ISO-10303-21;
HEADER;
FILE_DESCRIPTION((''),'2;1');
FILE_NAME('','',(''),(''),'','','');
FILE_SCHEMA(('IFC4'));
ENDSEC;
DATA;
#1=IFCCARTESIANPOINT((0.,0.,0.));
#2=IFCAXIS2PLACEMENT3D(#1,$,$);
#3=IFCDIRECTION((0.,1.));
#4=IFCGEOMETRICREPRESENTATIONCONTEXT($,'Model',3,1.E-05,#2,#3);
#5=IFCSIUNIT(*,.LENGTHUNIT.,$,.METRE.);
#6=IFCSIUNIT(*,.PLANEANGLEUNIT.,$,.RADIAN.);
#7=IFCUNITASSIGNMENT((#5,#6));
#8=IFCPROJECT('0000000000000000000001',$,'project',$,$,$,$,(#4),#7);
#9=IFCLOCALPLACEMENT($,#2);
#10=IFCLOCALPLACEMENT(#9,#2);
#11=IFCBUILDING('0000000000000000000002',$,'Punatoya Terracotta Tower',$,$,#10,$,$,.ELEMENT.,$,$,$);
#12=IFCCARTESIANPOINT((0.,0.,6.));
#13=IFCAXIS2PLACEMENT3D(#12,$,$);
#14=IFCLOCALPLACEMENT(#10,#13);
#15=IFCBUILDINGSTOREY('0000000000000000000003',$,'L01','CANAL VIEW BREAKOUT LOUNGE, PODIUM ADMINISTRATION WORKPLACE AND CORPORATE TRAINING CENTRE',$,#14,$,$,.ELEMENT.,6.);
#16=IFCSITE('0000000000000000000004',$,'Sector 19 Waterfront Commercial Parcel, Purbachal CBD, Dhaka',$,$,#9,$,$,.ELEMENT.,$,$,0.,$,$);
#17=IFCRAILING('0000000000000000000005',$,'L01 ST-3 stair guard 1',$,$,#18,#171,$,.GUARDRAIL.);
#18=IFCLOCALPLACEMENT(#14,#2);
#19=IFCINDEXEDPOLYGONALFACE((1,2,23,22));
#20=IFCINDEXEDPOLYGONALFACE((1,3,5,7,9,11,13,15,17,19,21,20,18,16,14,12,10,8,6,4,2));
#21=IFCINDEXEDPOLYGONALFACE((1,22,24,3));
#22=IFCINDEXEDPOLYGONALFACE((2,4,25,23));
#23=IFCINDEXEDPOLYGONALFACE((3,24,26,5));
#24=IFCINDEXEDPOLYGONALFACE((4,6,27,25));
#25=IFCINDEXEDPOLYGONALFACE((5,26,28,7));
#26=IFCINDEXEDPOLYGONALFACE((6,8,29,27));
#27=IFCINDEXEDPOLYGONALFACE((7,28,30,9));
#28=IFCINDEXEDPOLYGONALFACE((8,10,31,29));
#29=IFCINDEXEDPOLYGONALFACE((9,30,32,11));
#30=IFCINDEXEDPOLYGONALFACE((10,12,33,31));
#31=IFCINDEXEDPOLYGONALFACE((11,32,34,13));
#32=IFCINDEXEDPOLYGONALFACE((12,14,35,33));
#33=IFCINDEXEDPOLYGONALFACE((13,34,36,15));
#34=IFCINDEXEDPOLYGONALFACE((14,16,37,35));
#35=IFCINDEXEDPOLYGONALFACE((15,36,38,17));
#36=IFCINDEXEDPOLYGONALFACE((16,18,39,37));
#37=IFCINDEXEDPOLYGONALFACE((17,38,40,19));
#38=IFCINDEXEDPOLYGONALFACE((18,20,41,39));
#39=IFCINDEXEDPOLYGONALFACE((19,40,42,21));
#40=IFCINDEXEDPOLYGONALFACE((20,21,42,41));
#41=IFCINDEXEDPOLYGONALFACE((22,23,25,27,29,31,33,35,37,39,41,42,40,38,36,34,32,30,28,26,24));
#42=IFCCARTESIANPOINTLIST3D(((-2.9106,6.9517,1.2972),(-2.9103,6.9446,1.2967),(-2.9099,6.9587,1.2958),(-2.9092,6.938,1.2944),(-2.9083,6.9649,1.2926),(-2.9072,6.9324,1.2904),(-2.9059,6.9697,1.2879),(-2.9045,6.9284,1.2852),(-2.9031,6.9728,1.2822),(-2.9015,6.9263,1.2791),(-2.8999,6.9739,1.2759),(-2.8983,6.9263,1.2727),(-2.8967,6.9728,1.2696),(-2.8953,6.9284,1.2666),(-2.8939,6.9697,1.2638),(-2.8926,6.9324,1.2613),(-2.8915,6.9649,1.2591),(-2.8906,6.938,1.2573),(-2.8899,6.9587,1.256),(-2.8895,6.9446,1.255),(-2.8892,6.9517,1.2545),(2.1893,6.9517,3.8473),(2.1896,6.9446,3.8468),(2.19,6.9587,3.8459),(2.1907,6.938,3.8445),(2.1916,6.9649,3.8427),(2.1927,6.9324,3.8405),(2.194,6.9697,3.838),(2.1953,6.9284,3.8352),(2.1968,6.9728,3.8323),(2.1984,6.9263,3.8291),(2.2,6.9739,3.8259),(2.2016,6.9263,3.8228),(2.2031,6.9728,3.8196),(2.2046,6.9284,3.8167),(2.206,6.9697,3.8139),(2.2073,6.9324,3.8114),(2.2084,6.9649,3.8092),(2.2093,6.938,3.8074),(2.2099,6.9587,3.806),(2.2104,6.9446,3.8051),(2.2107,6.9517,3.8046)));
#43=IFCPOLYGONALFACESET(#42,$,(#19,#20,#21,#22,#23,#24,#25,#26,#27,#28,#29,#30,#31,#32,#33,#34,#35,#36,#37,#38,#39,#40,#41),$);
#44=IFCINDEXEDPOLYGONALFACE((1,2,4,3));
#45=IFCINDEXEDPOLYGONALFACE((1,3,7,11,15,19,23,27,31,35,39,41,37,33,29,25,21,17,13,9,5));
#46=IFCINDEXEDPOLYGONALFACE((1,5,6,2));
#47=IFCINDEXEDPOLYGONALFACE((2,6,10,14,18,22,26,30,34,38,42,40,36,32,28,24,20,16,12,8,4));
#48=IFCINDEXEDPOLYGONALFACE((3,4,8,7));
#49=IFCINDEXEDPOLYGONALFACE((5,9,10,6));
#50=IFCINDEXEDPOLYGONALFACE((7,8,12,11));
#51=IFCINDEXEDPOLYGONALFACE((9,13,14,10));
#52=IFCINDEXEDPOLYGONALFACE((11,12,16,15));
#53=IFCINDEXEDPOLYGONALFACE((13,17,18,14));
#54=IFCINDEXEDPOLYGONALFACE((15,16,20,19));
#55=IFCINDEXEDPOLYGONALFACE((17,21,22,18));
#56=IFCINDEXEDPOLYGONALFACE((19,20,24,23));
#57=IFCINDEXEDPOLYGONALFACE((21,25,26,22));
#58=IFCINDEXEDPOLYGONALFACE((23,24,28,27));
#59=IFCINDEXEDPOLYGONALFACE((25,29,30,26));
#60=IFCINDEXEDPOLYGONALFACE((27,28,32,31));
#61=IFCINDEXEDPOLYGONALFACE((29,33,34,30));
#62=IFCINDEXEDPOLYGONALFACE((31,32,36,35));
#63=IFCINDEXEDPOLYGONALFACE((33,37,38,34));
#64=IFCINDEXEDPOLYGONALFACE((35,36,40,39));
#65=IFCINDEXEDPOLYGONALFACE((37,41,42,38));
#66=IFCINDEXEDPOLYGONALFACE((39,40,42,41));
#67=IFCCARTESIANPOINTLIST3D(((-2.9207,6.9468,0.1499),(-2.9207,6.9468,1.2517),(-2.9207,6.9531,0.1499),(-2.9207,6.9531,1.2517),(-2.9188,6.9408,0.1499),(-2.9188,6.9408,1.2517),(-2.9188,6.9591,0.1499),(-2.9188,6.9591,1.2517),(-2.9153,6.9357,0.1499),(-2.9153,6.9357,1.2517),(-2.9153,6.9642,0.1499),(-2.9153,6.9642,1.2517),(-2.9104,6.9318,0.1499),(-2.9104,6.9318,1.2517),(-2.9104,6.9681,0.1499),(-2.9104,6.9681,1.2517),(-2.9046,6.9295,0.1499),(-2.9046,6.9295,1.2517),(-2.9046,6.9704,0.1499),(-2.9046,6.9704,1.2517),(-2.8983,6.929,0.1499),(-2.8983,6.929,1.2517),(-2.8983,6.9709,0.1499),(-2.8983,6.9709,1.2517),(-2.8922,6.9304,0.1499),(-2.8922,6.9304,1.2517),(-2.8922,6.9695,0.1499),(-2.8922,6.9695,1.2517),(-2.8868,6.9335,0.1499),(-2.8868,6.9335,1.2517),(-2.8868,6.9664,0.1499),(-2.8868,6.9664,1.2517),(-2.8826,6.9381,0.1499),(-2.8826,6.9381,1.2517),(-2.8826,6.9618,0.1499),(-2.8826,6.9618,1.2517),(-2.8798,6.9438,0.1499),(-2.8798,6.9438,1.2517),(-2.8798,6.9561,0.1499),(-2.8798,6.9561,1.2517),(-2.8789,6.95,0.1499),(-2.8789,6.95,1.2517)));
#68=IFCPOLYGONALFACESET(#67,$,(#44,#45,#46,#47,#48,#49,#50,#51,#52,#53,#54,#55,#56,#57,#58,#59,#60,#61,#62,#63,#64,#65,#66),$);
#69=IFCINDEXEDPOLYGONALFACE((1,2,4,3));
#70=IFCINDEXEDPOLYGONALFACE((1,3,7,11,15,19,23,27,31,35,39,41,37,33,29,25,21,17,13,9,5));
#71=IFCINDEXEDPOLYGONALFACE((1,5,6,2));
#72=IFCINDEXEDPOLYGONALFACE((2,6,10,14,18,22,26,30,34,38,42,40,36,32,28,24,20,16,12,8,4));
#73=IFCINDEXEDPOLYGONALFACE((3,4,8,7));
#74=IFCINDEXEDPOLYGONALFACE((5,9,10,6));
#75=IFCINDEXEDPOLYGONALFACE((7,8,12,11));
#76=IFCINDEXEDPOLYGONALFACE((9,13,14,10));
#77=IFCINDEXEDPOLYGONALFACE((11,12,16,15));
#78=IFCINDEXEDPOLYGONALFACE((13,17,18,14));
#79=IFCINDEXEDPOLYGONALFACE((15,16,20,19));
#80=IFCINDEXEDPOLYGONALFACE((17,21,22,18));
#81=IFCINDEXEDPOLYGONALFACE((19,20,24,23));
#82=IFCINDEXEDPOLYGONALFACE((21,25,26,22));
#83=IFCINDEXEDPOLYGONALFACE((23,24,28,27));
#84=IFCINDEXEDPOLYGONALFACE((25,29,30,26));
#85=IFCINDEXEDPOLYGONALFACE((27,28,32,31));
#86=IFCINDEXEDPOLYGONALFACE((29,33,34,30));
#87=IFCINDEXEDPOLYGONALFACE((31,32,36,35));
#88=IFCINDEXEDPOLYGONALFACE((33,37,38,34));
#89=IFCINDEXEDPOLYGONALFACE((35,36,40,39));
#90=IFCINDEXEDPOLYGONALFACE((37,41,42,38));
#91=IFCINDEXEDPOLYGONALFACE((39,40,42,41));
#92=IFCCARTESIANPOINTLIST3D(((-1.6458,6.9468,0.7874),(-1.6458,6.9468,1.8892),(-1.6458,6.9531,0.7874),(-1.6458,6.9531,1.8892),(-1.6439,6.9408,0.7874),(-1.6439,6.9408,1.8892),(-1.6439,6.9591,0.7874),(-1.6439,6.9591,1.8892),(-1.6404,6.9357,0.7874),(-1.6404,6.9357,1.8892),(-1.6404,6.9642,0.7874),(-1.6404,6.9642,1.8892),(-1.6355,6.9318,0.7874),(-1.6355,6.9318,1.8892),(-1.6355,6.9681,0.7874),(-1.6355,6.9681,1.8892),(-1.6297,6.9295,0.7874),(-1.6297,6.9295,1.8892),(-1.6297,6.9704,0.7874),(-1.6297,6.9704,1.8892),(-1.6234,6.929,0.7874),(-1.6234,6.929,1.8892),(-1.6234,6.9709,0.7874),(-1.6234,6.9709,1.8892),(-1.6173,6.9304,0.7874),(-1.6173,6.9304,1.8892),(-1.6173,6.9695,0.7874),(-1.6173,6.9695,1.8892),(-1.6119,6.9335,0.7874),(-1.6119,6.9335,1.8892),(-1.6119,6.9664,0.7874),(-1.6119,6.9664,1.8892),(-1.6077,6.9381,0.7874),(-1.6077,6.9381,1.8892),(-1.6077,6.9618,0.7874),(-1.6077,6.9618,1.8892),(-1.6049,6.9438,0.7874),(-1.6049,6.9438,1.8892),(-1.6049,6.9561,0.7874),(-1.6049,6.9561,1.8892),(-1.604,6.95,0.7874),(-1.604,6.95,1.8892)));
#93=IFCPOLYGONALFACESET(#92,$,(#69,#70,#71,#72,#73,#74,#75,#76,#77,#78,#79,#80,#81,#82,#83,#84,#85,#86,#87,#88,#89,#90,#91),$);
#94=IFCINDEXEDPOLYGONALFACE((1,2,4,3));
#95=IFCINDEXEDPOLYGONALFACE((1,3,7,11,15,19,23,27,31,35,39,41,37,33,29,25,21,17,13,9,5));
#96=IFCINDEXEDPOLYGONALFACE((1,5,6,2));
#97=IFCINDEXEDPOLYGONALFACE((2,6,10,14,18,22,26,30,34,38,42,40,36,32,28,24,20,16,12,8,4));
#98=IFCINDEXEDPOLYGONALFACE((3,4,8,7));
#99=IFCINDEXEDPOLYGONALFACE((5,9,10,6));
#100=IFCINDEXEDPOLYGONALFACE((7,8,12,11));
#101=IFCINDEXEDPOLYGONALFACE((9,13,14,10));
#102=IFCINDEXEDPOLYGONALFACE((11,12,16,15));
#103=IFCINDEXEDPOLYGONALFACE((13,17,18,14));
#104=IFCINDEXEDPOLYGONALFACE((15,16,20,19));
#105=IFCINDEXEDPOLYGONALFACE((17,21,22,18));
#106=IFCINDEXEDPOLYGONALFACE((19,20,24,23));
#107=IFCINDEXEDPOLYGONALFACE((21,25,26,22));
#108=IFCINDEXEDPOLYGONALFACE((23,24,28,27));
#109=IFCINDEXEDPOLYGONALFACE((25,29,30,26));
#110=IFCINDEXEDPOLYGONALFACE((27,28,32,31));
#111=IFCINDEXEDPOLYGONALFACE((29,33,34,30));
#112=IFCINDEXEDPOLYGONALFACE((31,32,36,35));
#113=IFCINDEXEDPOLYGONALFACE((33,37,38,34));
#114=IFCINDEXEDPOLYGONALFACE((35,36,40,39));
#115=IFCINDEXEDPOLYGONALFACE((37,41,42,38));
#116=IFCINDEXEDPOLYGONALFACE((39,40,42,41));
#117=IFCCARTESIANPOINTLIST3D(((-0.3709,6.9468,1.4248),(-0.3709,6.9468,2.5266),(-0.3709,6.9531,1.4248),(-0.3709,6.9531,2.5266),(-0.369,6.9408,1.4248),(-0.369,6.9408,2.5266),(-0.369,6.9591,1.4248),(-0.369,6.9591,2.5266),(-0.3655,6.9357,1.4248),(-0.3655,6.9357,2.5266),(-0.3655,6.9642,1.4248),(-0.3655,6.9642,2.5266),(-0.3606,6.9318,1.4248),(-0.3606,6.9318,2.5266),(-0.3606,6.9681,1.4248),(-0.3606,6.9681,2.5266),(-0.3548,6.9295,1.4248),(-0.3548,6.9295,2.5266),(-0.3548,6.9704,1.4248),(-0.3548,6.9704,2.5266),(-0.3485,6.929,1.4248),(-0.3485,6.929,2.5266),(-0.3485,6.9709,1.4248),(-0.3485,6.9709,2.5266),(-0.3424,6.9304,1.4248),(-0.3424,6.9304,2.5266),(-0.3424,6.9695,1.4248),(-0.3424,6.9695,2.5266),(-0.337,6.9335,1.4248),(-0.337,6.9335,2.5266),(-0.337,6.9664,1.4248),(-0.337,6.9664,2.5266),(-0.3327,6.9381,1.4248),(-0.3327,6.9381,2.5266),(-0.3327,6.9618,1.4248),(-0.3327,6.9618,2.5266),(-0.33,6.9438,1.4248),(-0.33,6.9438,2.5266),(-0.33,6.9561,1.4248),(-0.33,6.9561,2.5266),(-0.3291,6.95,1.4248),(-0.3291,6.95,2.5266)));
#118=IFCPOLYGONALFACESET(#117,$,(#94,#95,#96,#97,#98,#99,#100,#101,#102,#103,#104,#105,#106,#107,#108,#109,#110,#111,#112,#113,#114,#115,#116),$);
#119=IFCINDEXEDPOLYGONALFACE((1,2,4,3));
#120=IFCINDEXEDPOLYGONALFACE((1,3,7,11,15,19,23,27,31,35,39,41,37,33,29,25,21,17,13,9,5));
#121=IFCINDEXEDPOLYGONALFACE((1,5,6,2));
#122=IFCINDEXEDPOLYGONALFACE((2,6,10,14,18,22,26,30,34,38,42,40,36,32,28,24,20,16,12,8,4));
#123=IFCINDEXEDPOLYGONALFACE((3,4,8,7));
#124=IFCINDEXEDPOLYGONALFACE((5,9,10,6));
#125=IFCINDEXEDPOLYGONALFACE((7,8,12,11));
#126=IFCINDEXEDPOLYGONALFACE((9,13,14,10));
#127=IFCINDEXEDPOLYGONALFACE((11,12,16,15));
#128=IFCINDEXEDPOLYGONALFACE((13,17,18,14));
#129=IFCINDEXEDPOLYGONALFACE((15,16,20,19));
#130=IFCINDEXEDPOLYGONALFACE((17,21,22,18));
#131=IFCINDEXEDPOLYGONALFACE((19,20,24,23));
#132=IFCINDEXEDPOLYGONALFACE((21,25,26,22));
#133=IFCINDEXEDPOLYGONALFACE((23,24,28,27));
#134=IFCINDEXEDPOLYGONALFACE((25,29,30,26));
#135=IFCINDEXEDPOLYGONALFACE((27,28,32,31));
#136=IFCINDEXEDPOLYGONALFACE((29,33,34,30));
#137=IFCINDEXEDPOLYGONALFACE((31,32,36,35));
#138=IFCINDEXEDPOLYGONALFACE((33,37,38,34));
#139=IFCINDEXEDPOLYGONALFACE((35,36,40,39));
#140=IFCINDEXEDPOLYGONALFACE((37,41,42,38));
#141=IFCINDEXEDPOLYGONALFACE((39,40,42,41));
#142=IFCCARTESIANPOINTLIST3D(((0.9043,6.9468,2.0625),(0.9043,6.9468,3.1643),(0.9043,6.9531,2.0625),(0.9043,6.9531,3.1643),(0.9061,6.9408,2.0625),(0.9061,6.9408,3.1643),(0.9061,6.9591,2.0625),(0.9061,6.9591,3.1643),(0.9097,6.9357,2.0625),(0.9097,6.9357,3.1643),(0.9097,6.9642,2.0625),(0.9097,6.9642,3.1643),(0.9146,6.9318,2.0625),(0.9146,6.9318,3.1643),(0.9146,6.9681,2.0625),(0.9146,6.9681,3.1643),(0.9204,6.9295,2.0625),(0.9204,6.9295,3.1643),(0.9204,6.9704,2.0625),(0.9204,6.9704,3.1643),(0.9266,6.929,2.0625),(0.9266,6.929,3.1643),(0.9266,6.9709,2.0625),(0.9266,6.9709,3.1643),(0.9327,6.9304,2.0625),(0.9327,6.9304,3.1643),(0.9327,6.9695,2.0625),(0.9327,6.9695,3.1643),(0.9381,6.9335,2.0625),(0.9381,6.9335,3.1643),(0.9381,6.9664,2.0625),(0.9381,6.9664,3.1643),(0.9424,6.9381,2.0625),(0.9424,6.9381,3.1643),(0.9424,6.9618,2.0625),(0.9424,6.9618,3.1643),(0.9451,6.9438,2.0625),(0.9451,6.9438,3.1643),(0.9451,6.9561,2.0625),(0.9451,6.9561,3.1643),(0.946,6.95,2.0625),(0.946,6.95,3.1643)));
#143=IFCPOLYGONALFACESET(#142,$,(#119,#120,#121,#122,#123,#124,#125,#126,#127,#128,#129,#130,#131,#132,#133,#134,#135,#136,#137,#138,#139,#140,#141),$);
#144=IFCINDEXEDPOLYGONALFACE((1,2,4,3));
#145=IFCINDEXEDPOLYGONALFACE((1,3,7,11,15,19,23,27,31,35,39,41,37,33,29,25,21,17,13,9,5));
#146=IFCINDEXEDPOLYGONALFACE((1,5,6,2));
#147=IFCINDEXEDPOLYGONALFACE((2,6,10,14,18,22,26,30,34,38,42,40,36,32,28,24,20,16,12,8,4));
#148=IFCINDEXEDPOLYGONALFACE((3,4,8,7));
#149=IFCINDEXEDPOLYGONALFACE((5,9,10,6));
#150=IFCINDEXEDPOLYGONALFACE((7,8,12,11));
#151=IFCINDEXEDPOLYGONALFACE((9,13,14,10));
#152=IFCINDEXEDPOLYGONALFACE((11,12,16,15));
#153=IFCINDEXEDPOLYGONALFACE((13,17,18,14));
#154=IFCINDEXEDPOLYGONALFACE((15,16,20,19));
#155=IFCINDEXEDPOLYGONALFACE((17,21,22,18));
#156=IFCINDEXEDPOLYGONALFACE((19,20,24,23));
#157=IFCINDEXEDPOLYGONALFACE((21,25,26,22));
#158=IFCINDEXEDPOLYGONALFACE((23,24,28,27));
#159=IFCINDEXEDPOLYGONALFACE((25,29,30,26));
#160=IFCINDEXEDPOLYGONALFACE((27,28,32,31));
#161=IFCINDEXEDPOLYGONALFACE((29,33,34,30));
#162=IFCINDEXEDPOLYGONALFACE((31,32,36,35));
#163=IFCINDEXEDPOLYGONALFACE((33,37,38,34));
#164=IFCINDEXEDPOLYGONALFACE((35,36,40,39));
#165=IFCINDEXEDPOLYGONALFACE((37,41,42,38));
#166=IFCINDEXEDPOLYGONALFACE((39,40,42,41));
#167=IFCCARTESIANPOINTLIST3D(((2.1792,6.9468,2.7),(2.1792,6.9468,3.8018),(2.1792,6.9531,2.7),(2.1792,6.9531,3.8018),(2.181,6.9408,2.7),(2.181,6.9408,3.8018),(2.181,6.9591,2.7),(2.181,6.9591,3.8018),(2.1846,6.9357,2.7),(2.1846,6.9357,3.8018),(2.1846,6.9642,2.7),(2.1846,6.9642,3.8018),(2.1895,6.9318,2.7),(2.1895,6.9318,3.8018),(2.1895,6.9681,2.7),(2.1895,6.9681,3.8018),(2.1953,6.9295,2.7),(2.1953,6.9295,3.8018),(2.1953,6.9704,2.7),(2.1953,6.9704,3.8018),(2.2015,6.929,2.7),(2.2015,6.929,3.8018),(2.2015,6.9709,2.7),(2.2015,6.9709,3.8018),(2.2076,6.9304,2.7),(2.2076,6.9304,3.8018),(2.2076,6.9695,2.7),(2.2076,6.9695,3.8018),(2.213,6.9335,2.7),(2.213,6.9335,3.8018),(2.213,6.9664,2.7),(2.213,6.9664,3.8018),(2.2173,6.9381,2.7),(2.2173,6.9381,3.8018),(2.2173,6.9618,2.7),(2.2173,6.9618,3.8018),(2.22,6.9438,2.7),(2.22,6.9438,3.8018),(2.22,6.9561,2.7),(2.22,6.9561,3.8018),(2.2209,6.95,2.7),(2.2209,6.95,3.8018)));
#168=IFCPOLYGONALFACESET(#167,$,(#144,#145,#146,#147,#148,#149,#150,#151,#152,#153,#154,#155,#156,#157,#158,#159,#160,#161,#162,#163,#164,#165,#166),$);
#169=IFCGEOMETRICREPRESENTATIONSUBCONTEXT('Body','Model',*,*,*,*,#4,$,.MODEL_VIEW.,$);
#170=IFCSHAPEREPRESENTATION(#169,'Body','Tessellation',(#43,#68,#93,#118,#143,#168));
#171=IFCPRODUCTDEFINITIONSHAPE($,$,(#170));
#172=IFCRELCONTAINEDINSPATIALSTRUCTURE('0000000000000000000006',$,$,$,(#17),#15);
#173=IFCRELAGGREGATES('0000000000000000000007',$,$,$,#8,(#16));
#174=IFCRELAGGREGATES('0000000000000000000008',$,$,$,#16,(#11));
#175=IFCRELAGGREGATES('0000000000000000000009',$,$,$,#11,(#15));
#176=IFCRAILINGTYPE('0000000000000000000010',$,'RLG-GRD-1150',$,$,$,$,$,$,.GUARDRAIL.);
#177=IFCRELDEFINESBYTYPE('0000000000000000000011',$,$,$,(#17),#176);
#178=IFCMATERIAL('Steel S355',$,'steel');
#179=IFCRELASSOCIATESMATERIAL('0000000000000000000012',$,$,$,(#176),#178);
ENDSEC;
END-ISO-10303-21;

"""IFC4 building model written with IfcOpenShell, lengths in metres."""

from ifc_helpers import new_model, si_unit, direction, frame, origin, origin_2d, place, context, subcontext, project, spatial, circle, extrude, material, type_object, element, save


model = new_model("IFC4")

# Units and contexts
model_context = context("Model", 3, precision=1e-05, world=origin(), true_north=direction((0.0, 1.0)))
body_context = subcontext(model_context, "Body", "Model", "MODEL_VIEW")
ifc_project = project(units=[si_unit("LENGTHUNIT", "METRE"), si_unit("PLANEANGLEUNIT", "RADIAN")], contexts=[model_context])

# Site, building, storey
site_placement = place(None, origin())
site = spatial("IfcSite", under=ifc_project, at=site_placement, Name="Sector 19 Waterfront Commercial Parcel, Purbachal CBD, Dhaka", CompositionType="ELEMENT", RefElevation=0.0)
building_placement = place(site_placement, origin())
building = spatial("IfcBuilding", under=site, at=building_placement, Name="Punatoya Terracotta Tower", CompositionType="ELEMENT")
storey_placement = place(building_placement, frame((0.0, 0.0, 6.0)))
storey = spatial("IfcBuildingStorey", under=building, at=storey_placement, Name="L01", Description="CANAL VIEW BREAKOUT LOUNGE, PODIUM ADMINISTRATION WORKPLACE AND CORPORATE TRAINING CENTRE", CompositionType="ELEMENT", Elevation=6.0)

# Shared definitions
ifc_material_1 = material(Name="Steel S355", Category="steel")

# Railing
railing_type_1 = type_object("IfcRailingType", Name="RLG-GRD-1150", PredefinedType="GUARDRAIL", material=ifc_material_1)
railing_1_placement = place(storey_placement, frame((-2.8999, 6.95, 0.1499)))
element("IfcRailing", 1, at=railing_1_placement, inside=storey, type_object=railing_type_1, Name="L01 ST-3 stair guard 1", PredefinedType="GUARDRAIL", context=body_context, shape_type="SweptSolid", body=[
    extrude(circle(Radius=0.0239, at=origin_2d()), frame((0.0, 0.0, 1.126), z_axis=(0.894419, 0.0, 0.447231), x_axis=(0.0, 1.0, 0.0)), (0.0, 0.0, 1.0), 5.7019),
    extrude(circle(Radius=0.021, at=origin_2d()), origin(), (0.0, 0.0, 1.0), 1.1018),
    extrude(circle(Radius=0.021, at=origin_2d()), frame((1.2749, 0.0, 0.6375)), (0.0, 0.0, 1.0), 1.1018),
    extrude(circle(Radius=0.021, at=origin_2d()), frame((2.5498, 0.0, 1.2749)), (0.0, 0.0, 1.0), 1.1018),
    extrude(circle(Radius=0.021, at=origin_2d()), frame((3.825, 0.0, 1.9126)), (0.0, 0.0, 1.0), 1.1018),
    extrude(circle(Radius=0.021, at=origin_2d()), frame((5.0999, 0.0, 2.55)), (0.0, 0.0, 1.0), 1.1018),
])

save(model, "model.ifc")
